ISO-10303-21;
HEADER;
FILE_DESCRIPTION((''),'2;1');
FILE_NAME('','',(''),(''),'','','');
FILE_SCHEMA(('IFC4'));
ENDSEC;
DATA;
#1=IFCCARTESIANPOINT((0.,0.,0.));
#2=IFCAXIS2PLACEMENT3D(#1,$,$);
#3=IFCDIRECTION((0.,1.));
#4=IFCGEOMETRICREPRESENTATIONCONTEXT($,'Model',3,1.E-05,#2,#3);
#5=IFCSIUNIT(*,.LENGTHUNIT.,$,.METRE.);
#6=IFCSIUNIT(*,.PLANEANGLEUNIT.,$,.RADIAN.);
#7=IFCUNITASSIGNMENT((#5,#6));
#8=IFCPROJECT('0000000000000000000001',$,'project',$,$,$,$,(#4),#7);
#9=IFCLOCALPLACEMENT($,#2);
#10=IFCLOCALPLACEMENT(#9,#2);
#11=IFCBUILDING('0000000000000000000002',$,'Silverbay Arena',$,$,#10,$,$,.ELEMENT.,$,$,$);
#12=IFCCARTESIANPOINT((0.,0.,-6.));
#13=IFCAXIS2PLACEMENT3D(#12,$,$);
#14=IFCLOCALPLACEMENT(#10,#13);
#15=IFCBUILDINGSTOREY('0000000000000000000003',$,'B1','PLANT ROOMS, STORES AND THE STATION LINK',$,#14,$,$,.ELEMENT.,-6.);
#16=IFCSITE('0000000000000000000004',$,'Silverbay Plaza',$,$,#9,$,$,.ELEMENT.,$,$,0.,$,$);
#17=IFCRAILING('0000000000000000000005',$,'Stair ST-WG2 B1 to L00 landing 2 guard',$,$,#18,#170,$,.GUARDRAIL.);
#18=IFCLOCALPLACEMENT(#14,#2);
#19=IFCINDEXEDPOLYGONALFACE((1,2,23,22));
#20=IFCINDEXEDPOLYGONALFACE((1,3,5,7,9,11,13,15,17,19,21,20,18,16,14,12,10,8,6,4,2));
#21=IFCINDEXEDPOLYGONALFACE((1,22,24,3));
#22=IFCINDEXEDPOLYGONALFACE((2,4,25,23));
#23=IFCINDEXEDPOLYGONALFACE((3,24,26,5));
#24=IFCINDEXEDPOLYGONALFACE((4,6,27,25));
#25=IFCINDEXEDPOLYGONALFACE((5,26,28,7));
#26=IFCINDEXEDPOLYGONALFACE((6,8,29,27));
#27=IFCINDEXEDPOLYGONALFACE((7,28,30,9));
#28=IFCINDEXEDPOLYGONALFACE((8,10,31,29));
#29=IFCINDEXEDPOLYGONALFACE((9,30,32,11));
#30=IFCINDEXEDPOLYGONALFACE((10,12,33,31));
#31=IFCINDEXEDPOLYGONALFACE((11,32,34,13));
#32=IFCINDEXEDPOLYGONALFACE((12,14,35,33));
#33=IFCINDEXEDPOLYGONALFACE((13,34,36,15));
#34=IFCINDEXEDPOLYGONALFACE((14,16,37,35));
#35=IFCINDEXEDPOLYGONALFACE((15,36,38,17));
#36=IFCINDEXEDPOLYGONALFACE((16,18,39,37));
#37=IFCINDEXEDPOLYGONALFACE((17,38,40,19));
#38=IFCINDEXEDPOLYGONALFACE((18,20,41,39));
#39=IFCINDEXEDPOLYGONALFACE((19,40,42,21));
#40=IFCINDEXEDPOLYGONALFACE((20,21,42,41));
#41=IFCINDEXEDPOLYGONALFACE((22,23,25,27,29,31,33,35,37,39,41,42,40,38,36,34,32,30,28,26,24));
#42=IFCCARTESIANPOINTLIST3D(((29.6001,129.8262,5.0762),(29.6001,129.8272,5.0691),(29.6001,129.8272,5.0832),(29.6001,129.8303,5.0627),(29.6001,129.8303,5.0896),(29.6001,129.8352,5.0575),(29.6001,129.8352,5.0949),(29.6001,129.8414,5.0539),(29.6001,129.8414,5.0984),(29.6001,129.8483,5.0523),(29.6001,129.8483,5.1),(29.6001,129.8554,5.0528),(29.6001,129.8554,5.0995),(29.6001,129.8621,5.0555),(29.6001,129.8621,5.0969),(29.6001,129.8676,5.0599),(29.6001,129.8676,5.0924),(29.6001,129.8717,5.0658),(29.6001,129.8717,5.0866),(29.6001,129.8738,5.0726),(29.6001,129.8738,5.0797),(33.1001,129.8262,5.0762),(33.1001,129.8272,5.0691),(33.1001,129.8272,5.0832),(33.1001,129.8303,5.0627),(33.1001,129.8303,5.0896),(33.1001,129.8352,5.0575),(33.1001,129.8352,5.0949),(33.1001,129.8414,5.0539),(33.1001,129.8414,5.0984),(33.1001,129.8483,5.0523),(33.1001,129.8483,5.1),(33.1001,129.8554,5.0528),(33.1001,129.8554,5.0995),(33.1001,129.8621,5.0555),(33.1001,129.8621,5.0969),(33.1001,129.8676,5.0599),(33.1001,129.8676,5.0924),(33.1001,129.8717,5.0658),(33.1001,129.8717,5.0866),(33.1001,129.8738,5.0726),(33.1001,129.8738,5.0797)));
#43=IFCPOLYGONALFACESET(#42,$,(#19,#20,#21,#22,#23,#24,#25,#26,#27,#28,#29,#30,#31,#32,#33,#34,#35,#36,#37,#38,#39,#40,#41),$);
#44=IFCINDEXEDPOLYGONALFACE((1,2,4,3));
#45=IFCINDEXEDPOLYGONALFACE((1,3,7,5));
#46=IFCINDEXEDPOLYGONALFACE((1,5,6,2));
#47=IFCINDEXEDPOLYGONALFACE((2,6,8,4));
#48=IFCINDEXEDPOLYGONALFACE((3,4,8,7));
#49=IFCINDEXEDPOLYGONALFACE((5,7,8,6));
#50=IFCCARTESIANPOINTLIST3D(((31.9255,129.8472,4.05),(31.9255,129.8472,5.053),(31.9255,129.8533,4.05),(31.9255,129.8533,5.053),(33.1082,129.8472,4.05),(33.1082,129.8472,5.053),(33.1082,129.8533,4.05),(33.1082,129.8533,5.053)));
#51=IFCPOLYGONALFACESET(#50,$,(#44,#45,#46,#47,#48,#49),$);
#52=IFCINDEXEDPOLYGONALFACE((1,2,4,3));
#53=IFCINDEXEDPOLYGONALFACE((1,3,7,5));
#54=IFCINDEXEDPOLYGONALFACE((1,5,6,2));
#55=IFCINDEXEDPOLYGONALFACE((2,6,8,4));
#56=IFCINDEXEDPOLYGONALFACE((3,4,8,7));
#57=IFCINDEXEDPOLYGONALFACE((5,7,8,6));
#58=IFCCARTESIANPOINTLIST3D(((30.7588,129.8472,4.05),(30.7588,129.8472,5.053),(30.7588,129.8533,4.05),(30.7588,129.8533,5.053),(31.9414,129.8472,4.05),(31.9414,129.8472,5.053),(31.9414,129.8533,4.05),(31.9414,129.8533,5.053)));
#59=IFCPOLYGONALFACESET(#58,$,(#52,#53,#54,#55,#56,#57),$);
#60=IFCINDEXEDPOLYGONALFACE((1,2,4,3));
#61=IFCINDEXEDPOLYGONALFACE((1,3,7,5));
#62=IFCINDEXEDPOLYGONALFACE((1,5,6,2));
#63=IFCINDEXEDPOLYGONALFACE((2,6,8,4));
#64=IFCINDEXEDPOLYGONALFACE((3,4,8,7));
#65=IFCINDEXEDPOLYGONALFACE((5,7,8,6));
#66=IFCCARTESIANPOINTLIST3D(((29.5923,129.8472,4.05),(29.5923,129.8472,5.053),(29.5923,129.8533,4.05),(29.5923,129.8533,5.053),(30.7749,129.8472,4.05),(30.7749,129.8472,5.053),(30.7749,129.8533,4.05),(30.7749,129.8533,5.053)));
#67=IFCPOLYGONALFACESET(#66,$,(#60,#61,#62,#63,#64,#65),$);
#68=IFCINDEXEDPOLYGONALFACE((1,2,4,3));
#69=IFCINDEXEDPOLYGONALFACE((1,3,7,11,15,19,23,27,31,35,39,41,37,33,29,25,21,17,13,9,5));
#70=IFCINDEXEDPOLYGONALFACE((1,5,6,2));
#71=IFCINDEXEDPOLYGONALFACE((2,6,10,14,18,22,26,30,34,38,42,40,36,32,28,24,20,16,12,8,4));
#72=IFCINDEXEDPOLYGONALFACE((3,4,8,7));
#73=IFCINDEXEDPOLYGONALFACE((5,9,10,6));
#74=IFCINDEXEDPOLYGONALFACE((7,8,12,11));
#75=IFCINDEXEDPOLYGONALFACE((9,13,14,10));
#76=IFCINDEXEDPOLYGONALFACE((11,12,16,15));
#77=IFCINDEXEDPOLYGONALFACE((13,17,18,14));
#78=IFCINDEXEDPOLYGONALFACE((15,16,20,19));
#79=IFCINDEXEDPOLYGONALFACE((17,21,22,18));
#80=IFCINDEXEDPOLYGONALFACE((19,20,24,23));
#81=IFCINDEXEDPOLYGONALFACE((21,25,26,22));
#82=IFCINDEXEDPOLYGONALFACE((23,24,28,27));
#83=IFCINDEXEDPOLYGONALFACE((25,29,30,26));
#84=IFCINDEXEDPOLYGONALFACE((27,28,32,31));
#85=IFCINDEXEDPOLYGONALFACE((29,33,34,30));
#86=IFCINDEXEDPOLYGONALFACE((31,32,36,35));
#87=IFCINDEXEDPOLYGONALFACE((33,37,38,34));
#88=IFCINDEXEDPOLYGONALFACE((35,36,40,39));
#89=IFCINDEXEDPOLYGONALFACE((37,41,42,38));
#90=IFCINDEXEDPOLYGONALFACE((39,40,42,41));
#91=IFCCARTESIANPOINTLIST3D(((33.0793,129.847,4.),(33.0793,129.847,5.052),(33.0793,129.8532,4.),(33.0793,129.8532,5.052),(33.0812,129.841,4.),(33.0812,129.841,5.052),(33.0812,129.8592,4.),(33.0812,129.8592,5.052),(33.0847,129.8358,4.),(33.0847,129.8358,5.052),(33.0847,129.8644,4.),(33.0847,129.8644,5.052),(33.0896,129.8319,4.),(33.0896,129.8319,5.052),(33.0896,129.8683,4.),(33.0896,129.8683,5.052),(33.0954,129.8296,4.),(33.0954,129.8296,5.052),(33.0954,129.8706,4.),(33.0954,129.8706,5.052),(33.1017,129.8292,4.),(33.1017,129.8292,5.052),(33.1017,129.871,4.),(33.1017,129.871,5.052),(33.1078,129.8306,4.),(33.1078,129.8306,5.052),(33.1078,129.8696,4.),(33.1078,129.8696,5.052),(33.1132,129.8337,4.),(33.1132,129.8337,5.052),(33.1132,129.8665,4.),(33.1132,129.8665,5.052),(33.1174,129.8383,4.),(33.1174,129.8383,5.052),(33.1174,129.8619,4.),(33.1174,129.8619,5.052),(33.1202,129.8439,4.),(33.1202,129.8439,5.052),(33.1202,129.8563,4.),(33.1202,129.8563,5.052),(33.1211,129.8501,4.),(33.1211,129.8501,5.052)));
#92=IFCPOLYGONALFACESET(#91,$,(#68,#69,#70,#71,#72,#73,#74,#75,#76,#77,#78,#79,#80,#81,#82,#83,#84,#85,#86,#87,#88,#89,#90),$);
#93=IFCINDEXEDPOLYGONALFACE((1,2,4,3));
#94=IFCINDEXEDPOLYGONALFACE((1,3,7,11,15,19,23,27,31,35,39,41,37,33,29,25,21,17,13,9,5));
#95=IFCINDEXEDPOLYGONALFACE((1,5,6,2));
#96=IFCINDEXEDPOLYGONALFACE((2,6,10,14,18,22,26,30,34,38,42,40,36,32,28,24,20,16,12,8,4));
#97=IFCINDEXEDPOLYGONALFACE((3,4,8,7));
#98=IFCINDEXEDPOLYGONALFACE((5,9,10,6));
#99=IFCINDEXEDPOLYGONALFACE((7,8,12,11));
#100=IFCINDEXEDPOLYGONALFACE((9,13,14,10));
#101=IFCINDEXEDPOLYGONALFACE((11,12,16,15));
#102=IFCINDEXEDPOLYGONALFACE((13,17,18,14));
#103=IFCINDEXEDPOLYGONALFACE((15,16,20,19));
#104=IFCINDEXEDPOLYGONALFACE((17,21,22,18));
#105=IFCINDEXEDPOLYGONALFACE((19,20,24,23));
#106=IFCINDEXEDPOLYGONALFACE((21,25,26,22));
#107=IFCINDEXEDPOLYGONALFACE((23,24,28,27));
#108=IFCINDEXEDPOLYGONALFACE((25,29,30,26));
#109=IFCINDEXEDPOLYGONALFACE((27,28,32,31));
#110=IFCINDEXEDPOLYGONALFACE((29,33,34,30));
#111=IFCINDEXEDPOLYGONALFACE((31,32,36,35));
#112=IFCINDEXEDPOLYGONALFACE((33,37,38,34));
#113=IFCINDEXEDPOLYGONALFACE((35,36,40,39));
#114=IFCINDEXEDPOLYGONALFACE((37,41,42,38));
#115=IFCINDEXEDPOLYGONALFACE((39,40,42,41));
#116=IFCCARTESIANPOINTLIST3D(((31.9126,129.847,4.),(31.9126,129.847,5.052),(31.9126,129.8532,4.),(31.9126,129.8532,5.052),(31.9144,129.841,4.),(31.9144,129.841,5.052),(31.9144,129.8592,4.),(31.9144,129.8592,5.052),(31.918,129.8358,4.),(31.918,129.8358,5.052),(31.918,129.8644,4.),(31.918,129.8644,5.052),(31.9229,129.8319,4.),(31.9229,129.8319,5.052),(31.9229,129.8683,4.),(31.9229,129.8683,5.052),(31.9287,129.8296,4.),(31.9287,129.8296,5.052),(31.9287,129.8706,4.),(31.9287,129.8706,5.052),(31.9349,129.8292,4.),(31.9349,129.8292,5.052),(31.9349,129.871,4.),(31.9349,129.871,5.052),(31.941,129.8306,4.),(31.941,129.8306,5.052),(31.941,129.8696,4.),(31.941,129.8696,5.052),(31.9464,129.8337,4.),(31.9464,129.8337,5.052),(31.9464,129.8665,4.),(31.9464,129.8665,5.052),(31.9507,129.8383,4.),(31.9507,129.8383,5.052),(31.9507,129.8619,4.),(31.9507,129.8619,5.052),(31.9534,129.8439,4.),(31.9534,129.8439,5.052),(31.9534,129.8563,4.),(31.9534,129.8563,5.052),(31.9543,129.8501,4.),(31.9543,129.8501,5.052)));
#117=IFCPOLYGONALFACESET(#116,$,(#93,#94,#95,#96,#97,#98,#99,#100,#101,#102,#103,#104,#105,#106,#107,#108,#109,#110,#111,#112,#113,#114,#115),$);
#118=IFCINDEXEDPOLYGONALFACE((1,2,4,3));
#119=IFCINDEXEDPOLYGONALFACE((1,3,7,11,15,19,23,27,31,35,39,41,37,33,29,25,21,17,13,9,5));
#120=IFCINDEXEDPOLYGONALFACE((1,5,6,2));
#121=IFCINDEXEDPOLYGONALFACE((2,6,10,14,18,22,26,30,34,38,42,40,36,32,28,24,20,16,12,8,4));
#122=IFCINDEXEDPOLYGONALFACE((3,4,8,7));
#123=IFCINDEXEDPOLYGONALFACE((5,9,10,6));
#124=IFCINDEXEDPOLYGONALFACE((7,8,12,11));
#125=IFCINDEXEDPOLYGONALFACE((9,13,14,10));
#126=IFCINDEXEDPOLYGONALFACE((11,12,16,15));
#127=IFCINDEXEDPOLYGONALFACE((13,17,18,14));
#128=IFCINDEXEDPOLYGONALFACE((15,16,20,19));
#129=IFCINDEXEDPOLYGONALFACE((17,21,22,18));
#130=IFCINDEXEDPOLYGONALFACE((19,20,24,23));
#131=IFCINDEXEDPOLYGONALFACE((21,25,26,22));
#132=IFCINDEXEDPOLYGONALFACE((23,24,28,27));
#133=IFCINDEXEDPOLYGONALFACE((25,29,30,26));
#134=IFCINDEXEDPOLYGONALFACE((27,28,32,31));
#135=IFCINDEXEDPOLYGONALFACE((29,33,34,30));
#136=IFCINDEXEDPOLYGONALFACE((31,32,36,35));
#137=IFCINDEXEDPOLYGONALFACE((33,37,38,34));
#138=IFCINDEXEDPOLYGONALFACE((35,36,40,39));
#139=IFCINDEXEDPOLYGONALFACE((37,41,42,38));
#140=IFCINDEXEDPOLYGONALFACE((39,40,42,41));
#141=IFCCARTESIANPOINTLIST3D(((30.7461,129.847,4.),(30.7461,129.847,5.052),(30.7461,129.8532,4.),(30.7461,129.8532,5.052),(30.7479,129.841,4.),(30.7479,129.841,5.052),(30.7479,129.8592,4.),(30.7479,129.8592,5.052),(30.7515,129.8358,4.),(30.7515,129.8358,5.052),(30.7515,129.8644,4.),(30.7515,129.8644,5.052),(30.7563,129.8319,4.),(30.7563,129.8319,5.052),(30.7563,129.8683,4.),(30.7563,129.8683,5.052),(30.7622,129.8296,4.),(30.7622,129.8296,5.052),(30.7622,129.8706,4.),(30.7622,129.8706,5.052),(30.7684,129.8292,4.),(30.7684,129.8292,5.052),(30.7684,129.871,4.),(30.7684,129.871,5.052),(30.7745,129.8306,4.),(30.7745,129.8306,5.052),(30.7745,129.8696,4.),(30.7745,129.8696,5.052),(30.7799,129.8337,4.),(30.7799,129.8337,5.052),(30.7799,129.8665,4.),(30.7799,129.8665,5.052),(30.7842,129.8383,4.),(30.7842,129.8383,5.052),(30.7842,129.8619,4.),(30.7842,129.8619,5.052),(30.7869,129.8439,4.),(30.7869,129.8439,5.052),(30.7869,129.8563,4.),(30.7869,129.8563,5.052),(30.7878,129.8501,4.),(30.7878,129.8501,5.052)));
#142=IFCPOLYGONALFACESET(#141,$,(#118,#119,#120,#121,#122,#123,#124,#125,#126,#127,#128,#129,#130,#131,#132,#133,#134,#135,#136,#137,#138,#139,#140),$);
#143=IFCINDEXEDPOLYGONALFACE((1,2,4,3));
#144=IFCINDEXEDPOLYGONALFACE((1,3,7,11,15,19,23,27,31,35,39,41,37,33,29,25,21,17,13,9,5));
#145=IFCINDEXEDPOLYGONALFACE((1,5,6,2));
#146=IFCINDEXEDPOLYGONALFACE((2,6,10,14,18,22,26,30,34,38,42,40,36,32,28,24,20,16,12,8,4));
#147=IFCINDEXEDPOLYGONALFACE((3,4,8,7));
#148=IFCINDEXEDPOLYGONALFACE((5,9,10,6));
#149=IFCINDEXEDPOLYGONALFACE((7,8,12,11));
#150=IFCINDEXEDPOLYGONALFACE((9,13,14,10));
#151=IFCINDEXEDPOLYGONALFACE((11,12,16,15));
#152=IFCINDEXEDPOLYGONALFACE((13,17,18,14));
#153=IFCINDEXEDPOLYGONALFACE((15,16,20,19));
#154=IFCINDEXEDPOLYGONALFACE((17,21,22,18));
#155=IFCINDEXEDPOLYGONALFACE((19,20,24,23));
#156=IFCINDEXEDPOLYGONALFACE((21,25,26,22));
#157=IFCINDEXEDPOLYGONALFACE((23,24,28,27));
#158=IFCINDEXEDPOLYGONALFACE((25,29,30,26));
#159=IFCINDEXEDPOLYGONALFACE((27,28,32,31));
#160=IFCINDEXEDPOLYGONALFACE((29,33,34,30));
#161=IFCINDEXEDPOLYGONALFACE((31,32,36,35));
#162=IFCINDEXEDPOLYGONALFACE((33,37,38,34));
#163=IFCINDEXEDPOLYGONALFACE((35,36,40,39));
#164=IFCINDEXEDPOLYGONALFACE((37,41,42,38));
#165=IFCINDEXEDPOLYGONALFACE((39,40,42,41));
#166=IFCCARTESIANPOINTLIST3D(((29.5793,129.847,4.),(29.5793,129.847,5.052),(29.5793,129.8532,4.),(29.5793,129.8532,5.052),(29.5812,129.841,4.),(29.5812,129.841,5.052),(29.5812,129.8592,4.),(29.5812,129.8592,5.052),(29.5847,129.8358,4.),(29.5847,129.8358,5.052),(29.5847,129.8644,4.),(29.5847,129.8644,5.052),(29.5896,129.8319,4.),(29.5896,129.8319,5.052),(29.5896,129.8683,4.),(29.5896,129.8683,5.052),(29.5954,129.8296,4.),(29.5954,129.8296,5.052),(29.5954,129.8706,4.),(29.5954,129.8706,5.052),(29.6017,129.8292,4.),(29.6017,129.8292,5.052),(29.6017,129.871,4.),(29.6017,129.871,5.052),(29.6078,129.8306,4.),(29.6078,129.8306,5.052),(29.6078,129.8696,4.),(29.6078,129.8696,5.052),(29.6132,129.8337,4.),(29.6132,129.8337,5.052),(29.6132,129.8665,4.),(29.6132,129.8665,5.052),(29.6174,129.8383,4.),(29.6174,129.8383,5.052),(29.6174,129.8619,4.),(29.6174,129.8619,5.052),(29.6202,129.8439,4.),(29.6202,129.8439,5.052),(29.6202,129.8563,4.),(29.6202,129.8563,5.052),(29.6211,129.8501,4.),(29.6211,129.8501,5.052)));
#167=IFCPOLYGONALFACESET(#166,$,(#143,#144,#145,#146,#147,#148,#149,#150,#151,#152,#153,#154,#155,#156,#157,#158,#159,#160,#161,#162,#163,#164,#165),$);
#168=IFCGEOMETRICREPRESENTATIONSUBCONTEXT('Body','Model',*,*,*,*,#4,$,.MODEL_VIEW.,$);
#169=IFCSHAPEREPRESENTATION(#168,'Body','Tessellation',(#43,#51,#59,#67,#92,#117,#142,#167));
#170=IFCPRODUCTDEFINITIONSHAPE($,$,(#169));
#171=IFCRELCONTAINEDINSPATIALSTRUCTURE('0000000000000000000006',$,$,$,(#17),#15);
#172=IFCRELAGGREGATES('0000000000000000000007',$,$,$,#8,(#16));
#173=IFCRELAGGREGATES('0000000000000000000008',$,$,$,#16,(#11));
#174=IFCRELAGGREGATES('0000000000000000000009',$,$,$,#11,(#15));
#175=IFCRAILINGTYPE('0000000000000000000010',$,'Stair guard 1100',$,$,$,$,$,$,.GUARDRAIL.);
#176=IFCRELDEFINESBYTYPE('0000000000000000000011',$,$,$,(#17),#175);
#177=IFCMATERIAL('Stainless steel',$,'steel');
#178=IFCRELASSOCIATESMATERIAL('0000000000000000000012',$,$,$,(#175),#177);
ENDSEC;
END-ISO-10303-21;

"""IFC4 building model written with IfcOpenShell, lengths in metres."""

from ifc_helpers import new_model, si_unit, direction, frame, origin, origin_2d, place, context, subcontext, project, spatial, polyline, circle, outline, extrude, material, type_object, element, save


model = new_model("IFC4")

# Units and contexts
model_context = context("Model", 3, precision=1e-05, world=origin(), true_north=direction((0.0, 1.0)))
body_context = subcontext(model_context, "Body", "Model", "MODEL_VIEW")
ifc_project = project(units=[si_unit("LENGTHUNIT", "METRE"), si_unit("PLANEANGLEUNIT", "RADIAN")], contexts=[model_context])

# Site, building, storey
site_placement = place(None, origin())
site = spatial("IfcSite", under=ifc_project, at=site_placement, Name="Silverbay Plaza", CompositionType="ELEMENT", RefElevation=0.0)
building_placement = place(site_placement, origin())
building = spatial("IfcBuilding", under=site, at=building_placement, Name="Silverbay Arena", CompositionType="ELEMENT")
storey_placement = place(building_placement, frame((0.0, 0.0, -6.0)))
storey = spatial("IfcBuildingStorey", under=building, at=storey_placement, Name="B1", Description="PLANT ROOMS, STORES AND THE STATION LINK", CompositionType="ELEMENT", Elevation=-6.0)

# Railing
ifc_material_1 = material(Name="Stainless steel", Category="steel")
railing_type_1 = type_object("IfcRailingType", Name="Stair guard 1100", PredefinedType="GUARDRAIL", material=ifc_material_1)
for number, where, name in (
    (1, (33.1001, 129.8501, 4.0), "Stair ST-WG2 B1 to L00 landing 2 guard"),
):
    element("IfcRailing", number, at=place(storey_placement, frame(where)), inside=storey, type_object=railing_type_1, Name=name, PredefinedType="GUARDRAIL", context=body_context, shape_type="SweptSolid", body=[
        extrude(circle(Radius=0.0239, at=origin_2d()), frame((0.0, 0.0, 1.0762), z_axis=(-1.0, 0.0, 0.0), x_axis=(0.0, -1.0, 0.0)), (0.0, 0.0, 1.0), 3.5),
        extrude(outline(polyline([(-0.0081, 0.05), (1.1746, 0.05), (1.1746, 1.053), (-0.0081, 1.053), (-0.0081, 0.05)])), frame((0.0, -0.0029, 0.0), z_axis=(0.0, 1.0, 0.0), x_axis=(-1.0, 0.0, 0.0)), (0.0, 0.0, 1.0), 0.0061),
        extrude(outline(polyline([(-0.0081, 0.05), (1.1746, 0.05), (1.1746, 1.053), (-0.0081, 1.053), (-0.0081, 0.05)])), frame((-1.1667, -0.0029, 0.0), z_axis=(0.0, 1.0, 0.0), x_axis=(-1.0, 0.0, 0.0)), (0.0, 0.0, 1.0), 0.0061),
        extrude(outline(polyline([(-0.0081, 0.05), (1.1746, 0.05), (1.1746, 1.053), (-0.0081, 1.053), (-0.0081, 0.05)])), frame((-2.3333, -0.0029, 0.0), z_axis=(0.0, 1.0, 0.0), x_axis=(-1.0, 0.0, 0.0)), (0.0, 0.0, 1.0), 0.0061),
        extrude(circle(Radius=0.021, at=origin_2d()), origin(), (0.0, 0.0, 1.0), 1.052),
        extrude(circle(Radius=0.021, at=origin_2d()), frame((-1.1667, 0.0, 0.0)), (0.0, 0.0, 1.0), 1.052),
        extrude(circle(Radius=0.021, at=origin_2d()), frame((-2.3333, 0.0, 0.0)), (0.0, 0.0, 1.0), 1.052),
        extrude(circle(Radius=0.021, at=origin_2d()), frame((-3.5, 0.0, 0.0)), (0.0, 0.0, 1.0), 1.052),
    ])

save(model, "model.ifc")
